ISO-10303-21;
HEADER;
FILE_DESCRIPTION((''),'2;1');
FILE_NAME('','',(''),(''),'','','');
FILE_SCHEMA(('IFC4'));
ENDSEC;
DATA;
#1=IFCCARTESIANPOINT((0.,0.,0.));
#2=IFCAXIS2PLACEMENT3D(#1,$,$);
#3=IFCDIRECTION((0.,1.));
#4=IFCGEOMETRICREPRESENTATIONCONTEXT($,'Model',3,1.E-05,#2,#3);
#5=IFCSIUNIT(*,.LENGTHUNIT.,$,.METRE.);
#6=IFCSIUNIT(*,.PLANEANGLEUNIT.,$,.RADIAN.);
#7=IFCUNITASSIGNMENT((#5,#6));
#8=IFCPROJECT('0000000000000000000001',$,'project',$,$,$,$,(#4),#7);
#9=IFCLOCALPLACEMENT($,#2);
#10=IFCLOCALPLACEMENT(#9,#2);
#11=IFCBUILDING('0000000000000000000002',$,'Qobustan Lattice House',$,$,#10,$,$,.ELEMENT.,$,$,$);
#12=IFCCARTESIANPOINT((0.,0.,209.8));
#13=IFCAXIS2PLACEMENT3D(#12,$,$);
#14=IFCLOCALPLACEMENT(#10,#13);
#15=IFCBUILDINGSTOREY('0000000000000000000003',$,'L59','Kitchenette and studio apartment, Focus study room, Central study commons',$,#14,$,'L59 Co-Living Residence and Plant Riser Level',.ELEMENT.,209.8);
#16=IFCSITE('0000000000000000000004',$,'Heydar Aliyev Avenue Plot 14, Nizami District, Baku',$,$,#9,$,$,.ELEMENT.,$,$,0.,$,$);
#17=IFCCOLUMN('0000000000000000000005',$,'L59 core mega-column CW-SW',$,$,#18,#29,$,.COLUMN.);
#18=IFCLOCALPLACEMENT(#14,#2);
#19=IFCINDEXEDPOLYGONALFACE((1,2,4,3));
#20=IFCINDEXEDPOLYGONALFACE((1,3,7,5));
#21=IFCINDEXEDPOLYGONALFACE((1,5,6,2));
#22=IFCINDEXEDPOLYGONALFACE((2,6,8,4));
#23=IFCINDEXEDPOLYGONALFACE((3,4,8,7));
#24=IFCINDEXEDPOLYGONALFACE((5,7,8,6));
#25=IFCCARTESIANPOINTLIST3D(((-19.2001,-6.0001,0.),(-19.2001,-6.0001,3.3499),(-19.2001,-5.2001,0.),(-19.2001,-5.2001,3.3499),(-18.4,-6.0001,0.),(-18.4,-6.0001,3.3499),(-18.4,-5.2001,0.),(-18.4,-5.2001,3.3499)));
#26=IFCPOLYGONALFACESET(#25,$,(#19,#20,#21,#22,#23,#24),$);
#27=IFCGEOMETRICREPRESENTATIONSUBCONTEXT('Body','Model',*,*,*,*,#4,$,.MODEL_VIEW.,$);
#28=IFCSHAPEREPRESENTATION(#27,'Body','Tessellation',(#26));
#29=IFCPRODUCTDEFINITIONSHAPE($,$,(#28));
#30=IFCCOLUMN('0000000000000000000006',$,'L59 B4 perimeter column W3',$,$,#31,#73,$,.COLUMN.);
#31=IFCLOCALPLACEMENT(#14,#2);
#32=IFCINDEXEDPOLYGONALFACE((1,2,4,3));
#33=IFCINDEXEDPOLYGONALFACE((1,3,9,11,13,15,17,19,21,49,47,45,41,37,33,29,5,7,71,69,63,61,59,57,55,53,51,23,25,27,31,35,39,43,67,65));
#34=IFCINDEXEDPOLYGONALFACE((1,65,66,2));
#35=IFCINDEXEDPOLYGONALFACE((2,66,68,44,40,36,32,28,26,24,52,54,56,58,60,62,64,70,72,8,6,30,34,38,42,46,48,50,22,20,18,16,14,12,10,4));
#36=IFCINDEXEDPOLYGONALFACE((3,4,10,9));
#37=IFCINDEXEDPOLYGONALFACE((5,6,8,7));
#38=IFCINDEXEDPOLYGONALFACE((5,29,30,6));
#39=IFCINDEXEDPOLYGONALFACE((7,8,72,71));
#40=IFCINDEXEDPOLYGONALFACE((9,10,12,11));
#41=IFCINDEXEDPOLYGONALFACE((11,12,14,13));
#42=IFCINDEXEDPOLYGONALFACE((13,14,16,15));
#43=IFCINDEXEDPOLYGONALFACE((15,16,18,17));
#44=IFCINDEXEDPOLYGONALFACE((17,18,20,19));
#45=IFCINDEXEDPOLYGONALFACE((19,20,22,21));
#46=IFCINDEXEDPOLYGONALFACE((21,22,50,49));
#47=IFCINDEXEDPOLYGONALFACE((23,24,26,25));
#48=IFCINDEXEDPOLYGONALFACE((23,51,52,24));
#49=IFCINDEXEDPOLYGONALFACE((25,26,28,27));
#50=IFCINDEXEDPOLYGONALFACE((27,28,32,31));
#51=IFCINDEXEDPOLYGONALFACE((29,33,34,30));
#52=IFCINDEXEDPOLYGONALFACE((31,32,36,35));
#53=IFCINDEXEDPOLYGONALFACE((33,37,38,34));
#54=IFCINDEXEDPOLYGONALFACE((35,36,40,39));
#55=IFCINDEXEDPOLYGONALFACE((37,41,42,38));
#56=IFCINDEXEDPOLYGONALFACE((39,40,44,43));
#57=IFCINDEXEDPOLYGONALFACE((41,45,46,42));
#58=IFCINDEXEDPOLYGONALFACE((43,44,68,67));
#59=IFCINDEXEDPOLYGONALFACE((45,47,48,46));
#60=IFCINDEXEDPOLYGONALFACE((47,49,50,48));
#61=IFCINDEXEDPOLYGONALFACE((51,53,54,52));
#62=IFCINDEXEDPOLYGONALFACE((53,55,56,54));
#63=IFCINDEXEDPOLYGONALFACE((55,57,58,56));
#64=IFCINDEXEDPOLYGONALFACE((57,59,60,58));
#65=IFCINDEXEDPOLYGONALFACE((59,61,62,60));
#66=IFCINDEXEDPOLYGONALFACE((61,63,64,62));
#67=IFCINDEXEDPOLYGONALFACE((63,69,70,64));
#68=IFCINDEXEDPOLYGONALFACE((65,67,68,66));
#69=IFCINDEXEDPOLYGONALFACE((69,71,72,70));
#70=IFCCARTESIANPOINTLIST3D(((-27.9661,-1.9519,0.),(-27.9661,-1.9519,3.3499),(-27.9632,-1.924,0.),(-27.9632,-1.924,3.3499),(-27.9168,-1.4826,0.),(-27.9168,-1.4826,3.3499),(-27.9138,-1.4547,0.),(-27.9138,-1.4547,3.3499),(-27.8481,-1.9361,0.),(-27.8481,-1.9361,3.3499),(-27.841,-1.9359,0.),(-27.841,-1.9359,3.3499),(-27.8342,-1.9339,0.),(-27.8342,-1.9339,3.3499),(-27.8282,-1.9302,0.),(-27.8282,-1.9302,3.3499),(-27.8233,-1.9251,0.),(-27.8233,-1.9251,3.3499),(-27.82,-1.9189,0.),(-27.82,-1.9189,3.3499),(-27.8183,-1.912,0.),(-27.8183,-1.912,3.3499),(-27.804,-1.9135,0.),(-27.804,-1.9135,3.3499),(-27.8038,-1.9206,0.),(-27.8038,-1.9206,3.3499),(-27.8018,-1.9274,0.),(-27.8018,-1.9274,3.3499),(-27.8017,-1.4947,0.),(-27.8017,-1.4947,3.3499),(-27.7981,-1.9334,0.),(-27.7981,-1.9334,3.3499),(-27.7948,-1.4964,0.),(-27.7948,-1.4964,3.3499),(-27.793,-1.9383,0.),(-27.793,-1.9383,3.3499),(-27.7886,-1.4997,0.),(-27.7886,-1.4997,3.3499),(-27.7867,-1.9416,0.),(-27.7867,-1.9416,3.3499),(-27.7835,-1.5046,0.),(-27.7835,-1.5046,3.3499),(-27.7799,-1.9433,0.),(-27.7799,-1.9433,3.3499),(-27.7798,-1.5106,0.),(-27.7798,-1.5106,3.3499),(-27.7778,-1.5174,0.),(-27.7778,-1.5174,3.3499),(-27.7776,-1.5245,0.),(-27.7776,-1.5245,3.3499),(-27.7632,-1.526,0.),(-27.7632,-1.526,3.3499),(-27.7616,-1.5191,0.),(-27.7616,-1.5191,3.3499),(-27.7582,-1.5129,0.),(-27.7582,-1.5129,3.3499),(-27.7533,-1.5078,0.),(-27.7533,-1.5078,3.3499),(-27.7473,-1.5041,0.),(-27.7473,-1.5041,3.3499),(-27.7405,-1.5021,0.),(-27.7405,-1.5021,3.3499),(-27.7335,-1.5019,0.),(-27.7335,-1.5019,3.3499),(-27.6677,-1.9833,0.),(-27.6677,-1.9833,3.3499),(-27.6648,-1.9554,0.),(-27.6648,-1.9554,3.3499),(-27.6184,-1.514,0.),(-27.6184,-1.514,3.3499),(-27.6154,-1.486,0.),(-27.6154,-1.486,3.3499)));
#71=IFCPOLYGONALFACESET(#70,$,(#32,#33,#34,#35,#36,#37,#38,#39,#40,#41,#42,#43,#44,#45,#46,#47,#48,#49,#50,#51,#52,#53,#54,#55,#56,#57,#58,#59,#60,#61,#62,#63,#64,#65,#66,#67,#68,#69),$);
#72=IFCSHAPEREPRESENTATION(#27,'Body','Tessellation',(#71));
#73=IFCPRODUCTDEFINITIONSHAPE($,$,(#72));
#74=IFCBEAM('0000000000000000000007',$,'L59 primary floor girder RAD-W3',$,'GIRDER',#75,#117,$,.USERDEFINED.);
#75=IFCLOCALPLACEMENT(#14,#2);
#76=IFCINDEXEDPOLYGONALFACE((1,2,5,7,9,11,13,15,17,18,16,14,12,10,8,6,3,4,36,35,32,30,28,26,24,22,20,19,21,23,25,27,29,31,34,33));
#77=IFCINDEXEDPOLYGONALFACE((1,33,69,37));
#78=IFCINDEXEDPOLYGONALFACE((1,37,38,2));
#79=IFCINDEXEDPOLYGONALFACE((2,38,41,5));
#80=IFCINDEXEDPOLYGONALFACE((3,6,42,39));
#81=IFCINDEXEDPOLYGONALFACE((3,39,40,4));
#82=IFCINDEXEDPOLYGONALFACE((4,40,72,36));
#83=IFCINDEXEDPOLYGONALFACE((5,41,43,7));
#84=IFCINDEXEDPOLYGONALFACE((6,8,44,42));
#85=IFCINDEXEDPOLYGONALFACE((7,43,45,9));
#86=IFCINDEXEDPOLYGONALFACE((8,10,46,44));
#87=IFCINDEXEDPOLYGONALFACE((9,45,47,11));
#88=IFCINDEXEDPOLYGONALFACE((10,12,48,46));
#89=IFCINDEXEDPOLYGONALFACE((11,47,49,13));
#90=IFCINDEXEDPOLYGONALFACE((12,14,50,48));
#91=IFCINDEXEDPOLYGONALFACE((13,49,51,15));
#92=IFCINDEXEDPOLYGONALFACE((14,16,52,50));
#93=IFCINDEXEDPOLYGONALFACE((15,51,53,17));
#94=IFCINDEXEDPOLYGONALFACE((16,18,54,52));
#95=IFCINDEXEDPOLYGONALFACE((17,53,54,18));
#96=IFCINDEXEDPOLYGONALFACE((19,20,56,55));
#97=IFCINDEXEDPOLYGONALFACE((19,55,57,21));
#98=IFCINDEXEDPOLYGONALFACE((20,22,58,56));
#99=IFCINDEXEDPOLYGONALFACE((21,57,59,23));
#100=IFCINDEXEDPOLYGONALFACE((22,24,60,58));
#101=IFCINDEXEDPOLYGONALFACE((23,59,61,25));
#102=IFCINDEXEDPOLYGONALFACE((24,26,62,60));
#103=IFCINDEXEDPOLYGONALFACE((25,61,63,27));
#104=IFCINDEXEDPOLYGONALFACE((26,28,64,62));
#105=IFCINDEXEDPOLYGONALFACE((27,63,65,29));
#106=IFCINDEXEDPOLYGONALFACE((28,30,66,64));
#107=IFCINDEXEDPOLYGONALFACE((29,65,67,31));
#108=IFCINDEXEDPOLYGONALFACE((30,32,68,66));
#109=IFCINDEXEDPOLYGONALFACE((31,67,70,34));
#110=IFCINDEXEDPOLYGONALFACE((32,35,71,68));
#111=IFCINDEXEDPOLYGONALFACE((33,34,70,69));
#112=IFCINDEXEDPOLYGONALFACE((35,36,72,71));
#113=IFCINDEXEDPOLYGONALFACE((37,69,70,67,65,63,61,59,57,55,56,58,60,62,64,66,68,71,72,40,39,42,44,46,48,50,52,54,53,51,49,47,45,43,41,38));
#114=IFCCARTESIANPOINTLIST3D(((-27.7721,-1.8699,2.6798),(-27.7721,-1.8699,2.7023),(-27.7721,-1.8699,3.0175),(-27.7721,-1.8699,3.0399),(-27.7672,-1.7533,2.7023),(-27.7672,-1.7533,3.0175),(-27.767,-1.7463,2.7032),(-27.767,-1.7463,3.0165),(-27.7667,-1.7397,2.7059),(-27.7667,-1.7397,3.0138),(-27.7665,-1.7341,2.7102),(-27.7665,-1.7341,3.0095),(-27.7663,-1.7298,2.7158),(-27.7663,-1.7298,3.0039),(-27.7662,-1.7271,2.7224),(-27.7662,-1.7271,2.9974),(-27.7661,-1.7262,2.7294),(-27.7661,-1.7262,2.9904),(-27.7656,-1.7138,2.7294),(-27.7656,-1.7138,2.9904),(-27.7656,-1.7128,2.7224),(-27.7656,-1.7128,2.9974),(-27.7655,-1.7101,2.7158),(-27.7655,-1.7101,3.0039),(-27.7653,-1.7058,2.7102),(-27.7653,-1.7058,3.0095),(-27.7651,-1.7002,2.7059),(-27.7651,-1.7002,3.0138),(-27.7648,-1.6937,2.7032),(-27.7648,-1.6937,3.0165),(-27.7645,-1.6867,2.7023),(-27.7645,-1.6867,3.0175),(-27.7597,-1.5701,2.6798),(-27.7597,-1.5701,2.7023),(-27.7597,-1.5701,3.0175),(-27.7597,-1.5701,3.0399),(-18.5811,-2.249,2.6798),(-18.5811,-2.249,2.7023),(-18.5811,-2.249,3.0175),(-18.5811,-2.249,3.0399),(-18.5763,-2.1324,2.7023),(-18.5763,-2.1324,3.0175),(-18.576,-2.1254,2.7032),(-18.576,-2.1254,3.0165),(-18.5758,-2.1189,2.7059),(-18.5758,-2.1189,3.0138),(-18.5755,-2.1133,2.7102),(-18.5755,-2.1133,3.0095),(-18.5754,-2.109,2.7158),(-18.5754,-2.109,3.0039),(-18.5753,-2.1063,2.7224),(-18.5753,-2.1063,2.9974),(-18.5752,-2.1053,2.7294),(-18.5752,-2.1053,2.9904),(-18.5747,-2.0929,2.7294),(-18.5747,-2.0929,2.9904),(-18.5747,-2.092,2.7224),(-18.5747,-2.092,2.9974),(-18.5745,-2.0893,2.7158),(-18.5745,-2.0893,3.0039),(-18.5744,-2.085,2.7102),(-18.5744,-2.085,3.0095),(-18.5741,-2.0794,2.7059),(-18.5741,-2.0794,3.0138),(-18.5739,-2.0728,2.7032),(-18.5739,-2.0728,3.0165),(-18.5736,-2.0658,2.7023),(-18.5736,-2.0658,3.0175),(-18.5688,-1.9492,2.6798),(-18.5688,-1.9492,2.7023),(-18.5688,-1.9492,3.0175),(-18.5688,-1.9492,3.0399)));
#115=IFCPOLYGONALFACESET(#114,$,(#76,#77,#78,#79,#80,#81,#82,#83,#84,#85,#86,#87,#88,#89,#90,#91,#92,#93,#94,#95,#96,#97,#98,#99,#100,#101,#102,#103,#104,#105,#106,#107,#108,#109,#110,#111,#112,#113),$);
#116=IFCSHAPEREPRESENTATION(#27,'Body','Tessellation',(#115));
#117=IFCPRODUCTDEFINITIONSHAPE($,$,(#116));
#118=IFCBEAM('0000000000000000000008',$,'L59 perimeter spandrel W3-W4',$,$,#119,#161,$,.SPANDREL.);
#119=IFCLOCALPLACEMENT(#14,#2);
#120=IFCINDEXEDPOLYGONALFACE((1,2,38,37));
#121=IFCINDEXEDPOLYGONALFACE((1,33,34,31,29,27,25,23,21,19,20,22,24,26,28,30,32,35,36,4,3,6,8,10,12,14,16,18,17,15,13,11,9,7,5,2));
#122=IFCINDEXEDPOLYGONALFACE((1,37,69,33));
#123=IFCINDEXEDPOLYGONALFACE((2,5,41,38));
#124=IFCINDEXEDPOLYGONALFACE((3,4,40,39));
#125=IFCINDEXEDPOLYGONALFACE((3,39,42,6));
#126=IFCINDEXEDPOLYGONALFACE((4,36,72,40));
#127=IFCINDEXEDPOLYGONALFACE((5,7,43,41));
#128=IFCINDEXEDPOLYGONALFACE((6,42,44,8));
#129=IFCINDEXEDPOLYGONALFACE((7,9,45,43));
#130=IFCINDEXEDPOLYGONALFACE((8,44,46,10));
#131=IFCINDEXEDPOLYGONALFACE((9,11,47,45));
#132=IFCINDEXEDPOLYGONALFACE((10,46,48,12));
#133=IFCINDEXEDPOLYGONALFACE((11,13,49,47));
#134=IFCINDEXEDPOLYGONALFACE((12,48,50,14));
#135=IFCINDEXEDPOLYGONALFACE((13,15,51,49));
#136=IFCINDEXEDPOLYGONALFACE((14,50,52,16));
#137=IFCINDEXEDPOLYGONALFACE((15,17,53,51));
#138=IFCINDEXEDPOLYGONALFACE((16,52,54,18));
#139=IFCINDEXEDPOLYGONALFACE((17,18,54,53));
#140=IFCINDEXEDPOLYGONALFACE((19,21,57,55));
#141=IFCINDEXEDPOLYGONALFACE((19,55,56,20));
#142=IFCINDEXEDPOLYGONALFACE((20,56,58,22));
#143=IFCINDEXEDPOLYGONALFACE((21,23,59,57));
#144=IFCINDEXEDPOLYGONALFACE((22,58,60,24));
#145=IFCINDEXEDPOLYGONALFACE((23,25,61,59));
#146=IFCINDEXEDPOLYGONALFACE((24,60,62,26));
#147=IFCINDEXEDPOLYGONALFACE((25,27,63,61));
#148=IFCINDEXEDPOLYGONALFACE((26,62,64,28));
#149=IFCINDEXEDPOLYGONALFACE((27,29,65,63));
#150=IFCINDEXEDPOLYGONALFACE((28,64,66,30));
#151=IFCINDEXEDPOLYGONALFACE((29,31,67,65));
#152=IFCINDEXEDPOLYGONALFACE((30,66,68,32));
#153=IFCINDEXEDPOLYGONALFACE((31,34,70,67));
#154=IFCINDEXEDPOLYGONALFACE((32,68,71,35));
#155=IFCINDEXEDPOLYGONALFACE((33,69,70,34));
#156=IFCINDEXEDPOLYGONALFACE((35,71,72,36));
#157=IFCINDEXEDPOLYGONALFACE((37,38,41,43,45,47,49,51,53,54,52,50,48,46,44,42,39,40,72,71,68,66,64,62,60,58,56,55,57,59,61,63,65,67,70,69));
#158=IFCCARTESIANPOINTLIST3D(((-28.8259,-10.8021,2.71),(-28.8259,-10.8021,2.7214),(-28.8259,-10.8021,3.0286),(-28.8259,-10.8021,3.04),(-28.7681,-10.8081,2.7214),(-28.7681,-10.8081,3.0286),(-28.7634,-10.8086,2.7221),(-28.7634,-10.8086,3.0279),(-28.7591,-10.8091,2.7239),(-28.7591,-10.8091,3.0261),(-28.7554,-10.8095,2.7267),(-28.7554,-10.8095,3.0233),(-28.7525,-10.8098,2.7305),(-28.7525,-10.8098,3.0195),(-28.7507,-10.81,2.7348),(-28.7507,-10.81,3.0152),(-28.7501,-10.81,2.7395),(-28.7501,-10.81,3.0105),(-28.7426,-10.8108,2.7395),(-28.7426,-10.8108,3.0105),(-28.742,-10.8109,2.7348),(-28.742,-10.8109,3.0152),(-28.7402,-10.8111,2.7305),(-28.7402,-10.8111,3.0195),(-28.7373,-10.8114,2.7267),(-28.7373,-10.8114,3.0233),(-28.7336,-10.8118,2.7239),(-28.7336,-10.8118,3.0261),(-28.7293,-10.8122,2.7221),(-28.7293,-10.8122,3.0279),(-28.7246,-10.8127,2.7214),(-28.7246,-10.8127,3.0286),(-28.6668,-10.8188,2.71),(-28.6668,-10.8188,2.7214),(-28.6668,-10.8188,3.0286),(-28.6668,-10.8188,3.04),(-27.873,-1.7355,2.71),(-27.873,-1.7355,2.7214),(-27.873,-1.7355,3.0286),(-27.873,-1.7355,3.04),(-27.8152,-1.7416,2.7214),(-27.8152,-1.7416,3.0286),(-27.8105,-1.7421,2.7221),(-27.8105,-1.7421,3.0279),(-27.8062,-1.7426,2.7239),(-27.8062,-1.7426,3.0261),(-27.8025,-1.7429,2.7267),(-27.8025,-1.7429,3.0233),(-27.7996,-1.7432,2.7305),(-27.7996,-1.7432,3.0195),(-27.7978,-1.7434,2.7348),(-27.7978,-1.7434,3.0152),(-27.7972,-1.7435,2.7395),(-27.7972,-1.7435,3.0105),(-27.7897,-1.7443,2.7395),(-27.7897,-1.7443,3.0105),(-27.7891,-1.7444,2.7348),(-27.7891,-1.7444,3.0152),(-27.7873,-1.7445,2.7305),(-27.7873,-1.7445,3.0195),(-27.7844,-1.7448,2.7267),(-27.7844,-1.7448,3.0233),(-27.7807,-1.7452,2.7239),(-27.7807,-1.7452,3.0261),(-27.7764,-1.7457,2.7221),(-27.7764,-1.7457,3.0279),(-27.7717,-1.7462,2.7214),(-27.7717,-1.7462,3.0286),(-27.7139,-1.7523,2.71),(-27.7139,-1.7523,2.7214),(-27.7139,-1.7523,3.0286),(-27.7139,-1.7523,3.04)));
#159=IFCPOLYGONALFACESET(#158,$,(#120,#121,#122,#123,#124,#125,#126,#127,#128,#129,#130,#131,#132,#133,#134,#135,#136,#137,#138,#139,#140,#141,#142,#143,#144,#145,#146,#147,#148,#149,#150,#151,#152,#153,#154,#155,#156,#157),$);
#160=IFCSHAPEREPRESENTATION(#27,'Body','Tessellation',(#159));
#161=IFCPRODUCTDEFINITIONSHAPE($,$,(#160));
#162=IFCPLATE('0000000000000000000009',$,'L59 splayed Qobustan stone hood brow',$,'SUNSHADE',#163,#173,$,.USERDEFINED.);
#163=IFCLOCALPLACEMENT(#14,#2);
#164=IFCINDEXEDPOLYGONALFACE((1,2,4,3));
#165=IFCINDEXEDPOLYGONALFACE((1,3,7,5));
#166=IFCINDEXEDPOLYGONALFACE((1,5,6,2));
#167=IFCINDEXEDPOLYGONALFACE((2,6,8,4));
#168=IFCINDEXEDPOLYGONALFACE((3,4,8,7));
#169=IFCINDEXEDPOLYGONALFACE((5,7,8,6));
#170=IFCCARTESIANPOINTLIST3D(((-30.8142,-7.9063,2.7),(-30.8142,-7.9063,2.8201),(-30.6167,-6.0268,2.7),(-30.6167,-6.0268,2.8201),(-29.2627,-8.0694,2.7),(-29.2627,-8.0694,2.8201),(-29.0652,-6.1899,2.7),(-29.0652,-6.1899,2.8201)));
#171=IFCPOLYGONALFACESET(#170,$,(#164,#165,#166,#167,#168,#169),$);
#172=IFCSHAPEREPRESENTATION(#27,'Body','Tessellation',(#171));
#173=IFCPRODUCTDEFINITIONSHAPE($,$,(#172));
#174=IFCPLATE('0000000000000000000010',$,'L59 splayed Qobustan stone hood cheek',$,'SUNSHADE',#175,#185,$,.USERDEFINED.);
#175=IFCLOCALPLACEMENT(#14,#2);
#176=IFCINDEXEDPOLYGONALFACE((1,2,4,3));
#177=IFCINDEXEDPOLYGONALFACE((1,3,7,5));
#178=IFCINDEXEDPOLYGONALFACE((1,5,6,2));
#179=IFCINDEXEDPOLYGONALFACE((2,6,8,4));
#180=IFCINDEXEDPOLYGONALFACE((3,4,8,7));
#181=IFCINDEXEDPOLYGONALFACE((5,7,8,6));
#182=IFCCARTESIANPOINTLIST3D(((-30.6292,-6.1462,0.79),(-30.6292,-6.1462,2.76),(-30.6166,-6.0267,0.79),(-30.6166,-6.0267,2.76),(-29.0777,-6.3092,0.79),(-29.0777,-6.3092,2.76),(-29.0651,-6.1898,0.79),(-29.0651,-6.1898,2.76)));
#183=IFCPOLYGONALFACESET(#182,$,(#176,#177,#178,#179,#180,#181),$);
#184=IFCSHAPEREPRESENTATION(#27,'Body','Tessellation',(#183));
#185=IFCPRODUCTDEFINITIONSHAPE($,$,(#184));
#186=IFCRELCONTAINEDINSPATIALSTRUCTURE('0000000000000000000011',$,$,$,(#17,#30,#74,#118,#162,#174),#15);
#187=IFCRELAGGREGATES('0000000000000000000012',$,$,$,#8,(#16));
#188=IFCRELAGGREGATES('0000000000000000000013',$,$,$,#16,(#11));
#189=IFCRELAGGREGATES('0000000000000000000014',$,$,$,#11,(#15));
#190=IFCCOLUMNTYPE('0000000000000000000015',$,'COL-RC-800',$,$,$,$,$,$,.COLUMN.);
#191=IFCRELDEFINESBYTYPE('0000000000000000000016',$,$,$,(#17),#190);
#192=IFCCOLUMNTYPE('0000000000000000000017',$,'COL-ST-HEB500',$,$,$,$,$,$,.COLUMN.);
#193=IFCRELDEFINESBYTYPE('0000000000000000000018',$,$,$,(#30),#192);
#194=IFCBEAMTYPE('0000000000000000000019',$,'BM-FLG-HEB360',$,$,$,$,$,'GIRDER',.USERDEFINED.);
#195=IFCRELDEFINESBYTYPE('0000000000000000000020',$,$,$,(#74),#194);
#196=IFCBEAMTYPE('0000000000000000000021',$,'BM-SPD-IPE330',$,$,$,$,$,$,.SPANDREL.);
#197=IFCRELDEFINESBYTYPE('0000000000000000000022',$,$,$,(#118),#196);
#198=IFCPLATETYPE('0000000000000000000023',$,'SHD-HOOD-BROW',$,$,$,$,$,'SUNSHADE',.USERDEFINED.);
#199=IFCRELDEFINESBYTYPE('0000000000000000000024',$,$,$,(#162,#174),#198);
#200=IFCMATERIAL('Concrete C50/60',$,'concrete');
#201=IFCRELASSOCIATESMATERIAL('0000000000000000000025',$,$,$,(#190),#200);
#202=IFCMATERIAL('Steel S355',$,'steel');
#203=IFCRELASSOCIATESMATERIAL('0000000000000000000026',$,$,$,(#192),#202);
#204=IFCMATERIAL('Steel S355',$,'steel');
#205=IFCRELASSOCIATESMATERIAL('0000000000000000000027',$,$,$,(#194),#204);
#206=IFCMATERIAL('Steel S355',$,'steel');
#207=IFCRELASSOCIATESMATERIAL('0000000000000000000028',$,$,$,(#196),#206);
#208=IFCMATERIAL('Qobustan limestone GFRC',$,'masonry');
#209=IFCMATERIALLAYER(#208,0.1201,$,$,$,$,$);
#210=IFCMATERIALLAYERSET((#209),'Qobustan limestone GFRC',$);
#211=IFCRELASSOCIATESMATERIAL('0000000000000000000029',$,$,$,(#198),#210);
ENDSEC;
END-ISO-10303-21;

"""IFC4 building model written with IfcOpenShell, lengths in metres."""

from ifc_helpers import new_model, si_unit, direction, frame, origin, origin_2d, place, context, subcontext, project, spatial, rectangle, i_section, extrude, material, layer, layer_set, material_profile, profile_set, type_object, element, save


model = new_model("IFC4")

# Units and contexts
model_context = context("Model", 3, precision=1e-05, world=origin(), true_north=direction((0.0, 1.0)))
body_context = subcontext(model_context, "Body", "Model", "MODEL_VIEW")
ifc_project = project(units=[si_unit("LENGTHUNIT", "METRE"), si_unit("PLANEANGLEUNIT", "RADIAN")], contexts=[model_context])

# Site, building, storey
site_placement = place(None, origin())
site = spatial("IfcSite", under=ifc_project, at=site_placement, Name="Heydar Aliyev Avenue Plot 14, Nizami District, Baku", CompositionType="ELEMENT", RefElevation=0.0)
building_placement = place(site_placement, origin())
building = spatial("IfcBuilding", under=site, at=building_placement, Name="Qobustan Lattice House", CompositionType="ELEMENT")
storey_placement = place(building_placement, frame((0.0, 0.0, 209.8)))
storey = spatial("IfcBuildingStorey", under=building, at=storey_placement, Name="L59", Description="Kitchenette and studio apartment, Focus study room, Central study commons", LongName="L59 Co-Living Residence and Plant Riser Level", CompositionType="ELEMENT", Elevation=209.8)

# Columns
ifc_material_1 = material(Name="Concrete C50/60", Category="concrete")
ifc_material_profile_1 = material_profile(ifc_material_1, rectangle(XDim=0.8, YDim=0.8, at=origin_2d()), Name="RC800x800")
ifc_profile_set_1 = profile_set([ifc_material_profile_1], Name="Concrete C50/60")
column_type_1 = type_object("IfcColumnType", Name="COL-RC-800", PredefinedType="COLUMN", material=ifc_profile_set_1)
column_1_placement = place(storey_placement, frame((-18.8, -5.6001, 0.0), z_axis=(0.0, 0.0, 1.0), x_axis=(1.0, 0.0, 0.0)))
element("IfcColumn", 1, at=column_1_placement, inside=storey, type_object=column_type_1, Name="L59 core mega-column CW-SW", PredefinedType="COLUMN", context=body_context, shape_type="SweptSolid", body=[
    extrude(rectangle(XDim=0.8, YDim=0.8, at=origin_2d()), origin(), (0.0, 0.0, 1.0), 3.3499),
])
ifc_material_2 = material(Name="Steel S355", Category="steel")
ifc_material_profile_2 = material_profile(ifc_material_2, i_section(OverallWidth=0.3, OverallDepth=0.5, WebThickness=0.0144, FlangeThickness=0.0281, FilletRadius=0.0271, at=origin_2d()), Name="HEB500")
ifc_profile_set_2 = profile_set([ifc_material_profile_2], Name="Steel S355")
column_type_2 = type_object("IfcColumnType", Name="COL-ST-HEB500", PredefinedType="COLUMN", material=ifc_profile_set_2)
column_2_placement = place(storey_placement, frame((-27.7908, -1.719, 0.0), z_axis=(0.0, 0.0, 1.0), x_axis=(0.994522, -0.104528, 0.0)))
element("IfcColumn", 2, at=column_2_placement, inside=storey, type_object=column_type_2, Name="L59 B4 perimeter column W3", PredefinedType="COLUMN", context=body_context, shape_type="SweptSolid", body=[
    extrude(i_section(OverallWidth=0.3, OverallDepth=0.5, WebThickness=0.0144, FlangeThickness=0.0281, FilletRadius=0.0271, at=origin_2d()), origin(), (0.0, 0.0, 1.0), 3.3499),
])

# Beams
ifc_material_3 = material(Name="Steel S355", Category="steel")
ifc_material_profile_3 = material_profile(ifc_material_3, i_section(OverallWidth=0.3, OverallDepth=0.3601, WebThickness=0.0125, FlangeThickness=0.0225, FilletRadius=0.0271, at=origin_2d()), Name="HEB360")
ifc_profile_set_3 = profile_set([ifc_material_profile_3], Name="Steel S355")
beam_type_1 = type_object("IfcBeamType", Name="BM-FLG-HEB360", ElementType="GIRDER", PredefinedType="USERDEFINED", material=ifc_profile_set_3)
beam_1_placement = place(storey_placement, frame((-27.7659, -1.72, 2.8599), z_axis=(0.99915, -0.041218, 0.0), x_axis=(0.041218, 0.99915, 0.0)))
element("IfcBeam", 3, at=beam_1_placement, inside=storey, type_object=beam_type_1, Name="L59 primary floor girder RAD-W3", ObjectType="GIRDER", PredefinedType="USERDEFINED", context=body_context, shape_type="SweptSolid", body=[
    extrude(i_section(OverallWidth=0.3, OverallDepth=0.3601, WebThickness=0.0125, FlangeThickness=0.0225, FilletRadius=0.0271, at=origin_2d()), origin(), (0.0, 0.0, 1.0), 9.1987),
])
ifc_material_4 = material(Name="Steel S355", Category="steel")
ifc_material_profile_4 = material_profile(ifc_material_4, i_section(OverallWidth=0.1599, OverallDepth=0.3301, WebThickness=0.0076, FlangeThickness=0.0115, FilletRadius=0.0181, at=origin_2d()), Name="IPE330")
ifc_profile_set_4 = profile_set([ifc_material_profile_4], Name="Steel S355")
beam_type_2 = type_object("IfcBeamType", Name="BM-SPD-IPE330", PredefinedType="SPANDREL", material=ifc_profile_set_4)
beam_2_placement = place(storey_placement, frame((-27.7935, -1.7439, 2.875), z_axis=(-0.104524, -0.994522, 0.0), x_axis=(0.994522, -0.104524, 0.0)))
element("IfcBeam", 4, at=beam_2_placement, inside=storey, type_object=beam_type_2, Name="L59 perimeter spandrel W3-W4", PredefinedType="SPANDREL", context=body_context, shape_type="SweptSolid", body=[
    extrude(i_section(OverallWidth=0.1599, OverallDepth=0.3301, WebThickness=0.0076, FlangeThickness=0.0115, FilletRadius=0.0181, at=origin_2d()), origin(), (0.0, 0.0, 1.0), 9.1165),
])

# Plates
ifc_material_5 = material(Name="Qobustan limestone GFRC", Category="masonry")
ifc_layer_1 = layer(ifc_material_5, 0.1201)
ifc_layer_set_1 = layer_set([ifc_layer_1], Name="Qobustan limestone GFRC")
plate_type = type_object("IfcPlateType", Name="SHD-HOOD-BROW", ElementType="SUNSHADE", PredefinedType="USERDEFINED", material=ifc_layer_set_1)
plate_1_placement = place(storey_placement, frame((-29.9397, -7.0481, 2.7), z_axis=(0.0, 0.0, 1.0), x_axis=(0.104528, 0.994522, 0.0)))
element("IfcPlate", 5, at=plate_1_placement, inside=storey, type_object=plate_type, Name="L59 splayed Qobustan stone hood brow", ObjectType="SUNSHADE", PredefinedType="USERDEFINED", context=body_context, shape_type="SweptSolid", body=[
    extrude(rectangle(XDim=1.8899, YDim=1.5601, at=origin_2d()), origin(), (0.0, 0.0, 1.0), 0.1201),
])
plate_2_placement = place(storey_placement, frame((-29.8472, -6.168, 0.79), z_axis=(0.0, 0.0, 1.0), x_axis=(0.104528, 0.994522, 0.0)))
element("IfcPlate", 6, at=plate_2_placement, inside=storey, type_object=plate_type, Name="L59 splayed Qobustan stone hood cheek", ObjectType="SUNSHADE", PredefinedType="USERDEFINED", context=body_context, shape_type="SweptSolid", body=[
    extrude(rectangle(XDim=0.1201, YDim=1.5601, at=origin_2d()), origin(), (0.0, 0.0, 1.0), 1.97),
])

save(model, "model.ifc")
